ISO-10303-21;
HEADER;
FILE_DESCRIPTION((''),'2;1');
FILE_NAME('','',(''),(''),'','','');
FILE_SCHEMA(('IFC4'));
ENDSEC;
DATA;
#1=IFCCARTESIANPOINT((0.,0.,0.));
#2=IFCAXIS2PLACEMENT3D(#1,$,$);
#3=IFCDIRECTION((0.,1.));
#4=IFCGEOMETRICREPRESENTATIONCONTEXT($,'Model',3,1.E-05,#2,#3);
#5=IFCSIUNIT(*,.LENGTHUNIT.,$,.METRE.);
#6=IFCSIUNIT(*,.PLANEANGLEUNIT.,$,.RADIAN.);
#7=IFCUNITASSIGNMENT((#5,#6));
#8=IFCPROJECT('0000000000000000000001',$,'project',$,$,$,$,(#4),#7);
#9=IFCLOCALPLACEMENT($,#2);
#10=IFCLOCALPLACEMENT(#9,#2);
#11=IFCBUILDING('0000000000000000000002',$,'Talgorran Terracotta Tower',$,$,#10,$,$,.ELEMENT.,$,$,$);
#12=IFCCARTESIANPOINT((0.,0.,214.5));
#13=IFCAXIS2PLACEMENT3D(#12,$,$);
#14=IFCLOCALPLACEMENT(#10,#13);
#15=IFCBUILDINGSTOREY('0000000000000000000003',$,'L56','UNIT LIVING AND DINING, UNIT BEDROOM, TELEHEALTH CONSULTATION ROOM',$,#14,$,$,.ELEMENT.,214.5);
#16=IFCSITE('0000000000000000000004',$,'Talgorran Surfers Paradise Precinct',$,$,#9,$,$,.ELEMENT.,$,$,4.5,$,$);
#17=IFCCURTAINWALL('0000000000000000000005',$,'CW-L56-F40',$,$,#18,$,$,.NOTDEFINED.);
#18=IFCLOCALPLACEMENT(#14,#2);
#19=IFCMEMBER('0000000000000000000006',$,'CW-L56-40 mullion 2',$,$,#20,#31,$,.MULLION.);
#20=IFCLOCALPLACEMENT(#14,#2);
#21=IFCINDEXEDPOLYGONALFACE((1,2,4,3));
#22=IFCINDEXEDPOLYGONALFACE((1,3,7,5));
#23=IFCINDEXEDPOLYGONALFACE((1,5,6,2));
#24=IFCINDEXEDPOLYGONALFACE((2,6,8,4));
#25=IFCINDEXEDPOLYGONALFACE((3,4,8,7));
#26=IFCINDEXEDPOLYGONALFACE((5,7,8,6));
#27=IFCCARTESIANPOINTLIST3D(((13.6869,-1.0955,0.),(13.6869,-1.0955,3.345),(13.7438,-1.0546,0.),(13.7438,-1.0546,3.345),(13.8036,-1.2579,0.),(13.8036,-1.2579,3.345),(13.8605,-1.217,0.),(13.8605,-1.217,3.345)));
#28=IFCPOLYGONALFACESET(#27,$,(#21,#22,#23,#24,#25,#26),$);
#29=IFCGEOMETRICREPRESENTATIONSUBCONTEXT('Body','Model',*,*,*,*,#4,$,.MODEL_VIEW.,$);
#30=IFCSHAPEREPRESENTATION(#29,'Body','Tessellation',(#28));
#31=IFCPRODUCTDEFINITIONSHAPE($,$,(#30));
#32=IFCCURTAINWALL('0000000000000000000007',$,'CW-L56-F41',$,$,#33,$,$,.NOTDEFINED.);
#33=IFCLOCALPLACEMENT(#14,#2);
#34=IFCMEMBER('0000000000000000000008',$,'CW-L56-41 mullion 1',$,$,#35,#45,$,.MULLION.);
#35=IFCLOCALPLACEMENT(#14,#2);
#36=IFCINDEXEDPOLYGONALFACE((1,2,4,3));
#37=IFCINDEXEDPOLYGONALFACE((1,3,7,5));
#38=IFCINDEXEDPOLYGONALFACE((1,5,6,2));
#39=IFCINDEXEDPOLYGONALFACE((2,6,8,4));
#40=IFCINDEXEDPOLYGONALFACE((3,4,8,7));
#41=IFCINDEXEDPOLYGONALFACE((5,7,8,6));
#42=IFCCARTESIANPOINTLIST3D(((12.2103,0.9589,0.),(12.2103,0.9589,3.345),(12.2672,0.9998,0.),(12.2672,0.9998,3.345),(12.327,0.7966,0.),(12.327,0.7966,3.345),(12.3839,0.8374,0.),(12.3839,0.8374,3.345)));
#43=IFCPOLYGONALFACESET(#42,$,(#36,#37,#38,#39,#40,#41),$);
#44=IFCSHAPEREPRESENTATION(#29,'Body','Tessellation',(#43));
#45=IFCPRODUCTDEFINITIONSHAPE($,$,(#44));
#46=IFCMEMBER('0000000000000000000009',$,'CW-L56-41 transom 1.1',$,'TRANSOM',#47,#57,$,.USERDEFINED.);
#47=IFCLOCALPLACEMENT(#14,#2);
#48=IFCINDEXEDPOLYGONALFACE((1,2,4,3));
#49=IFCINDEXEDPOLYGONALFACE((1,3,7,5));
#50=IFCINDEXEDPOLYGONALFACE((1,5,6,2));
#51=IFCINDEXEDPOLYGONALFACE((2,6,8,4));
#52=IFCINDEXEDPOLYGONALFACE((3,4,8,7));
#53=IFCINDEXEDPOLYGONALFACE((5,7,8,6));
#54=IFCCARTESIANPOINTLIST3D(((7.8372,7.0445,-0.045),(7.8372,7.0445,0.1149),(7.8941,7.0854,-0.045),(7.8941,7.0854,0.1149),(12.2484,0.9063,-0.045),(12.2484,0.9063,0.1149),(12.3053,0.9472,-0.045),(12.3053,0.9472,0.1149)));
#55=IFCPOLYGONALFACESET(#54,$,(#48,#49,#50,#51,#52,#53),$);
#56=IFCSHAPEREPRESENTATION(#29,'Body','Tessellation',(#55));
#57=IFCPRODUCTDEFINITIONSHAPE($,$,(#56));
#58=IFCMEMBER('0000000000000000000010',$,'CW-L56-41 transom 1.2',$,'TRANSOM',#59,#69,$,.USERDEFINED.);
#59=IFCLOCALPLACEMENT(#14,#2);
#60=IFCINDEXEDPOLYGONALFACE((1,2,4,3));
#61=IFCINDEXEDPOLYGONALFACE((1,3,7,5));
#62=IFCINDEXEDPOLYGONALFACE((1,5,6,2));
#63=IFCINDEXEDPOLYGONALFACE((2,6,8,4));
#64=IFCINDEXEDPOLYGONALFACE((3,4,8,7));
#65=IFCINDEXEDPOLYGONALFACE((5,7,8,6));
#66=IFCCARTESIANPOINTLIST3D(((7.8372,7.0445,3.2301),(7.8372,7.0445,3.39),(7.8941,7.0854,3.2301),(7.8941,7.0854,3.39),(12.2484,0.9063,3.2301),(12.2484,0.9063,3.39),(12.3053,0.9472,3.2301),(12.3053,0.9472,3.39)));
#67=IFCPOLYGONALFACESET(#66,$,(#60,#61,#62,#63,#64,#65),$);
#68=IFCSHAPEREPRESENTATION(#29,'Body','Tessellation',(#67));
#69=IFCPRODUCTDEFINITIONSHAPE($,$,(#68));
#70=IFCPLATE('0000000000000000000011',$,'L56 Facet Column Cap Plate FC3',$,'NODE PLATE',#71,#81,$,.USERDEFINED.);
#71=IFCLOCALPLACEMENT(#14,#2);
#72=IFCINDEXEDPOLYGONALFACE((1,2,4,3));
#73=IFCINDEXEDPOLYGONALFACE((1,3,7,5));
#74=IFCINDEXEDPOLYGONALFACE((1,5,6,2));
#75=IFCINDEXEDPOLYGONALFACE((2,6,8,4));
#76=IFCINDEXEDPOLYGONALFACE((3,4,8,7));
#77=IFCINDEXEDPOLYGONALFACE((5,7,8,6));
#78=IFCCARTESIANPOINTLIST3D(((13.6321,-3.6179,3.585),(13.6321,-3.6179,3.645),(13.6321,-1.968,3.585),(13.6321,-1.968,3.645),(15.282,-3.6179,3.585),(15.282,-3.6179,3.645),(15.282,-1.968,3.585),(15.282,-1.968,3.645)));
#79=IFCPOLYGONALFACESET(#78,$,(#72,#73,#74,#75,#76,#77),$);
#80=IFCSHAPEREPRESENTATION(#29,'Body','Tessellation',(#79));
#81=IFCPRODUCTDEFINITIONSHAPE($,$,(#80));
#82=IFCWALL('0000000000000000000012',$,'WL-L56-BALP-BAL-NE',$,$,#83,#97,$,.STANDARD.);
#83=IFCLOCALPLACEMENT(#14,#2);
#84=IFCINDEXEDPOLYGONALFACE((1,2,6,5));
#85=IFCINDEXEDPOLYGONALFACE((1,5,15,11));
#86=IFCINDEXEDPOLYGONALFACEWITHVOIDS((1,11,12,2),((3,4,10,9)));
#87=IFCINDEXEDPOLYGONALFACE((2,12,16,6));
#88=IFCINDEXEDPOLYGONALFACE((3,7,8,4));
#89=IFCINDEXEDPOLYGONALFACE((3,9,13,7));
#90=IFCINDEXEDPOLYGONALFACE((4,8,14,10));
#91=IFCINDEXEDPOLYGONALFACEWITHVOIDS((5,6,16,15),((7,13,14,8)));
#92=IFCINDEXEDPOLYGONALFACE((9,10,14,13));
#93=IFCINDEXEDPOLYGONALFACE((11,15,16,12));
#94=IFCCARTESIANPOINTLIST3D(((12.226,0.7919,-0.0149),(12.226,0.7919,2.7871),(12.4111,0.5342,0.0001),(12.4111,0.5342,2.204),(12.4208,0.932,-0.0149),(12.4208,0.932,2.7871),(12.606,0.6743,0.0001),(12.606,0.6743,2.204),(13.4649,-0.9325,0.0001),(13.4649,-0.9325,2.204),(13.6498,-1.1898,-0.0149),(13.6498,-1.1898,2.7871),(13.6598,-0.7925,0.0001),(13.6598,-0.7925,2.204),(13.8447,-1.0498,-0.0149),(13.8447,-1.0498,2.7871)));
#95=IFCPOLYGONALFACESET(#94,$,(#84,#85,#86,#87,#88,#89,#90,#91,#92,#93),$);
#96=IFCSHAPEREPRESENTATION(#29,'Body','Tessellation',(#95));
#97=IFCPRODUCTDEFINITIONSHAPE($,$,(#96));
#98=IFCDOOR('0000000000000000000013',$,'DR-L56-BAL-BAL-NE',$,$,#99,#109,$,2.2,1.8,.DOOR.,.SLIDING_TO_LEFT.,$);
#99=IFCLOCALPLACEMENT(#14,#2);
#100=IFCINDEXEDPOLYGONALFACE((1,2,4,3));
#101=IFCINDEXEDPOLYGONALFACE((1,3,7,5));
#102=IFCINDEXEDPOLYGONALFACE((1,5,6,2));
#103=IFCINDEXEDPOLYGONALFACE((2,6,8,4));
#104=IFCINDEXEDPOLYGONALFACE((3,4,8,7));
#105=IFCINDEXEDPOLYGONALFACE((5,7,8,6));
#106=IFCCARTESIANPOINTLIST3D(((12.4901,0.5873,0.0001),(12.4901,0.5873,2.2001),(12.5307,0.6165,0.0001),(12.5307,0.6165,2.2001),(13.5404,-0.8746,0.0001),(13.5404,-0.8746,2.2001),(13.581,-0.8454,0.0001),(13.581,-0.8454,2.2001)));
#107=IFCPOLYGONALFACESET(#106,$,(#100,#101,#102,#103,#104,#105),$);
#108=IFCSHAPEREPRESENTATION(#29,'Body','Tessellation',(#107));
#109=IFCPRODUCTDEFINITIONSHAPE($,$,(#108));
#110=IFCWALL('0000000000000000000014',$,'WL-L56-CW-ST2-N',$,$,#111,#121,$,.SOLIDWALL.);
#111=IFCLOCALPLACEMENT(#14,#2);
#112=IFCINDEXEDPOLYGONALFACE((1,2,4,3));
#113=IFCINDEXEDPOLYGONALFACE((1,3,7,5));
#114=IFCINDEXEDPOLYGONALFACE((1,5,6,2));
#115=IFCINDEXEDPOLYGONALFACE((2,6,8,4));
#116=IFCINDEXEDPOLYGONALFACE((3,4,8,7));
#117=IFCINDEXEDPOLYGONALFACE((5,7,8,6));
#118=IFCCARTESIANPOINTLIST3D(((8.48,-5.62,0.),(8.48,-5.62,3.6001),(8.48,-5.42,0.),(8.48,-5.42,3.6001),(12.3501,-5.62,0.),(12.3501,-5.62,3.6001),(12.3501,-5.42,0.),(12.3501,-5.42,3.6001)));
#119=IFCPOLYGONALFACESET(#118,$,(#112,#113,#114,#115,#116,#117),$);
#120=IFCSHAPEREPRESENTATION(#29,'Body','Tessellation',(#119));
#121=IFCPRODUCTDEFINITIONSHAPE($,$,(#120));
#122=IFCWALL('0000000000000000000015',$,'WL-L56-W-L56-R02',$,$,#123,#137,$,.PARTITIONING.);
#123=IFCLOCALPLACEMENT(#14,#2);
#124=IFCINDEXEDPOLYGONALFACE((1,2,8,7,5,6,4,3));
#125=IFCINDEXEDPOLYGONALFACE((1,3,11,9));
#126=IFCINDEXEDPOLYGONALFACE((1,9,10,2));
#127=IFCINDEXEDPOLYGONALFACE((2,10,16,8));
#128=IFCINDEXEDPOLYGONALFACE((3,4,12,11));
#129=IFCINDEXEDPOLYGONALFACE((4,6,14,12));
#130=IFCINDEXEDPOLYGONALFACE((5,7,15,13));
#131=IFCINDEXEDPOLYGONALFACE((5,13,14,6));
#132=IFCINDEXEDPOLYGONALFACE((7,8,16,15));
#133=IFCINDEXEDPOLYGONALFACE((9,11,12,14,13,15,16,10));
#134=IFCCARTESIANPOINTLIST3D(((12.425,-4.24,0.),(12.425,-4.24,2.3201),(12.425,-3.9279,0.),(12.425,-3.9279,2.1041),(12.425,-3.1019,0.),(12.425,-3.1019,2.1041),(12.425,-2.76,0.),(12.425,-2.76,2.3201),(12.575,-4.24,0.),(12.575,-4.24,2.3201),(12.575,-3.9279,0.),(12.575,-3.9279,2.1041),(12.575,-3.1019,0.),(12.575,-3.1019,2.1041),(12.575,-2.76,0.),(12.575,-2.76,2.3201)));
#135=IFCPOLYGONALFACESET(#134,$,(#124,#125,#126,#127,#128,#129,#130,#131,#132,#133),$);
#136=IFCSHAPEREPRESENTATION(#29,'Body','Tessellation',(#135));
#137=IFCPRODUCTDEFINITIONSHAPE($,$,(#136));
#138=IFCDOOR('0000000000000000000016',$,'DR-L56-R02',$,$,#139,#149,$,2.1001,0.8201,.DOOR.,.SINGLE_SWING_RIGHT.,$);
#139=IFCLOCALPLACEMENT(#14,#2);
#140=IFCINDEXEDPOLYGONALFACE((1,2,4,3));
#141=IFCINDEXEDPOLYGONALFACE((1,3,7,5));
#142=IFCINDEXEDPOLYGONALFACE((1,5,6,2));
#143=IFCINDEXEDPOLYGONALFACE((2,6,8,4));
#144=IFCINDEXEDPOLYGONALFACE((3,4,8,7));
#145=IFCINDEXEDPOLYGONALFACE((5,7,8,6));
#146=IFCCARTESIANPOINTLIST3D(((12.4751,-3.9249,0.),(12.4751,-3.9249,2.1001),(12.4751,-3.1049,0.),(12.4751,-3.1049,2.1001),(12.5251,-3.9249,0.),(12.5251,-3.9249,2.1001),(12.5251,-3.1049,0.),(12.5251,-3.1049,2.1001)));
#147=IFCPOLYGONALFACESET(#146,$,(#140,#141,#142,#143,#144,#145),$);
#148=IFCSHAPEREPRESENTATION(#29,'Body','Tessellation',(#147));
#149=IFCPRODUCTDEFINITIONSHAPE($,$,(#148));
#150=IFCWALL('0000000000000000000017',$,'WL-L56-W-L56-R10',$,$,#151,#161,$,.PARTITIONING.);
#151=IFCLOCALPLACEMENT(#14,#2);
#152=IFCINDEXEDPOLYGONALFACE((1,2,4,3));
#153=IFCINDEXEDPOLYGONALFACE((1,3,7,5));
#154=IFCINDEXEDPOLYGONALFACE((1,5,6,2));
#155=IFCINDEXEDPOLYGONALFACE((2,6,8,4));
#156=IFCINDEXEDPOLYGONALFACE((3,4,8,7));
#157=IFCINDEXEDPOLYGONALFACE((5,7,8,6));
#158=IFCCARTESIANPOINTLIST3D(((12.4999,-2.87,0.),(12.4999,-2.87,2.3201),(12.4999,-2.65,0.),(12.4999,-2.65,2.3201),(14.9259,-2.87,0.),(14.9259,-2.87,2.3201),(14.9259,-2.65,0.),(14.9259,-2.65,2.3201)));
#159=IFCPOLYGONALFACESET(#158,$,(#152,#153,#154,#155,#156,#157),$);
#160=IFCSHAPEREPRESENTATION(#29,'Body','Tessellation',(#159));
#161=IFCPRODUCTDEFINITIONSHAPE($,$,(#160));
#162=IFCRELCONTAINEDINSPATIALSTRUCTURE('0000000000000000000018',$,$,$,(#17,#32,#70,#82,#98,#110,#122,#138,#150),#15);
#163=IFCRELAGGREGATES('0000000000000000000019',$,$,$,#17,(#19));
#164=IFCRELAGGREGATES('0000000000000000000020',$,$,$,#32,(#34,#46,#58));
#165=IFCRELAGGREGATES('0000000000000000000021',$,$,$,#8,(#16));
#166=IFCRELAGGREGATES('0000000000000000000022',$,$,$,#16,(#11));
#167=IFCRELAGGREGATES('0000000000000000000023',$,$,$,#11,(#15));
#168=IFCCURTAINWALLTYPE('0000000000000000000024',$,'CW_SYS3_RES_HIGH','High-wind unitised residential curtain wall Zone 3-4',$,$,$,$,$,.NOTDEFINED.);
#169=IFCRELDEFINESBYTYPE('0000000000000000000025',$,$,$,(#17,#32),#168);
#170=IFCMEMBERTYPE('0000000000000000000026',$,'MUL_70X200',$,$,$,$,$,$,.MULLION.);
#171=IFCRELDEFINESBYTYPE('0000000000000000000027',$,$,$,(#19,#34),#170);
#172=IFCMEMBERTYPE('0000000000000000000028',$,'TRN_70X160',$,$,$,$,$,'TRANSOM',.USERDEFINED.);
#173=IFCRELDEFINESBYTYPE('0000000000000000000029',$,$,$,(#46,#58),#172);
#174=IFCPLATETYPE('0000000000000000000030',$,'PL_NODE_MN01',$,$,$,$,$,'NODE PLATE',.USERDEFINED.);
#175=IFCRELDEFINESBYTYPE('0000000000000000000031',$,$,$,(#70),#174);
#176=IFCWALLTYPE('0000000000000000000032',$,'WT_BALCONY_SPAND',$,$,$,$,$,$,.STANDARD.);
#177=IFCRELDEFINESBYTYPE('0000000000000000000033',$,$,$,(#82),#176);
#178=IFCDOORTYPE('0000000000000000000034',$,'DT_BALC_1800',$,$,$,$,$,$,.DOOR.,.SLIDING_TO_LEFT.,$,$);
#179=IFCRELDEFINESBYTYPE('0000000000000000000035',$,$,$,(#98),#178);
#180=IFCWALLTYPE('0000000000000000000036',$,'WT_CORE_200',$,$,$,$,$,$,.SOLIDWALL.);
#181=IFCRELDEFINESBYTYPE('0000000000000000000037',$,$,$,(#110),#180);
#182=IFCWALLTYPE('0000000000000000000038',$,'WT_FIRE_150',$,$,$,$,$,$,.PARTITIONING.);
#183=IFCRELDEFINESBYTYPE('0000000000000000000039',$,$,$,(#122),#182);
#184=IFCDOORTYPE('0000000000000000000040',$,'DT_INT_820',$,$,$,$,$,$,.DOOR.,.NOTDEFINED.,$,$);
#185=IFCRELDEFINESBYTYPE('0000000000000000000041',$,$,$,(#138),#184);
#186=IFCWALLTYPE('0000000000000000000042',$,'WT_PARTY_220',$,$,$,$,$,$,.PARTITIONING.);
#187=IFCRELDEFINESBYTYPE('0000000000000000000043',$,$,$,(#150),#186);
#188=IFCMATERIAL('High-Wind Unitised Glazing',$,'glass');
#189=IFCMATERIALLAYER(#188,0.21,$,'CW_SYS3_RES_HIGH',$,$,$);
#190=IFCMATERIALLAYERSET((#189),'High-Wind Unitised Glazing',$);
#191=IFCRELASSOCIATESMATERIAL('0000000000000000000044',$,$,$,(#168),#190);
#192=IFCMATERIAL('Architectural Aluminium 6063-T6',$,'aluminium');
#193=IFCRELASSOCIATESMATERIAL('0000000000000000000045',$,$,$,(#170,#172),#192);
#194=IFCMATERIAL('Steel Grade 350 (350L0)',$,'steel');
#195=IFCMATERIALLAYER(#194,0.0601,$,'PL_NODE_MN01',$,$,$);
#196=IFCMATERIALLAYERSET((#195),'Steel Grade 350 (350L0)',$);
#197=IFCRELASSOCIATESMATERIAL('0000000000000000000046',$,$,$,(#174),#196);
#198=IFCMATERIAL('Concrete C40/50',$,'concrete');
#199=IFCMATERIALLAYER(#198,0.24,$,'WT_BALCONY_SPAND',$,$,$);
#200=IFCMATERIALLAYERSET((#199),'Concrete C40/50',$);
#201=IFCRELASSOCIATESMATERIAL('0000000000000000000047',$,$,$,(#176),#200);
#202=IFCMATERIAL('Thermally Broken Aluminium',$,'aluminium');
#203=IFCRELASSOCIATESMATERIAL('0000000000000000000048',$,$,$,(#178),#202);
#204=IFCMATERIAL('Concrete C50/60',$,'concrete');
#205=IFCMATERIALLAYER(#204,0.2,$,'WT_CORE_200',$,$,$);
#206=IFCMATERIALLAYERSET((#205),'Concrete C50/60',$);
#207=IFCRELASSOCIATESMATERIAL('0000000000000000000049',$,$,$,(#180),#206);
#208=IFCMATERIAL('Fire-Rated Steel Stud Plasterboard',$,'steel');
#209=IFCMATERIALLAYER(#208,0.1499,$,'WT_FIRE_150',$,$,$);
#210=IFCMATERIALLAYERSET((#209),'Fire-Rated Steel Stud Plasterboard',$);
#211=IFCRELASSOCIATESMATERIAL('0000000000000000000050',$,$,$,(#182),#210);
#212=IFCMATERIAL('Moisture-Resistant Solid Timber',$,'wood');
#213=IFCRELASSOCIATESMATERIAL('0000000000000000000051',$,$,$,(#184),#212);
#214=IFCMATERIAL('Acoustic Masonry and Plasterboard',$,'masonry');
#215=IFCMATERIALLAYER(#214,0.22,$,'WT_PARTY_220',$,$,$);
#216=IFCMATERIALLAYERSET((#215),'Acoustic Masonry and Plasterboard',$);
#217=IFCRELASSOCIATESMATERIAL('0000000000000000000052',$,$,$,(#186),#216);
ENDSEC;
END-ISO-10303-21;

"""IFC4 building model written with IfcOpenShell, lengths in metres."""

from ifc_helpers import new_model, si_unit, direction, frame, frame_2d, origin, origin_2d, place, context, subcontext, project, spatial, rectangle, extrude, material, layer, layer_set, material_profile, profile_set, type_object, element, fill, aggregate, save


model = new_model("IFC4")

# Units and contexts
model_context = context("Model", 3, precision=1e-05, world=origin(), true_north=direction((0.0, 1.0)))
body_context = subcontext(model_context, "Body", "Model", "MODEL_VIEW")
ifc_project = project(units=[si_unit("LENGTHUNIT", "METRE"), si_unit("PLANEANGLEUNIT", "RADIAN")], contexts=[model_context])

# Site, building, storey
site_placement = place(None, origin())
site = spatial("IfcSite", under=ifc_project, at=site_placement, Name="Talgorran Surfers Paradise Precinct", CompositionType="ELEMENT", RefElevation=4.5)
building_placement = place(site_placement, origin())
building = spatial("IfcBuilding", under=site, at=building_placement, Name="Talgorran Terracotta Tower", CompositionType="ELEMENT")
storey_placement = place(building_placement, frame((0.0, 0.0, 214.5)))
storey = spatial("IfcBuildingStorey", under=building, at=storey_placement, Name="L56", Description="UNIT LIVING AND DINING, UNIT BEDROOM, TELEHEALTH CONSULTATION ROOM", CompositionType="ELEMENT", Elevation=214.5)

# Shared definitions
ifc_material_1 = material(Name="Steel Grade 350 (350L0)", Category="steel")

# Curtain wall, member
ifc_material_2 = material(Name="High-Wind Unitised Glazing", Category="glass")
ifc_layer_1 = layer(ifc_material_2, 0.21, Name="CW_SYS3_RES_HIGH")
ifc_layer_set_1 = layer_set([ifc_layer_1], Name="High-Wind Unitised Glazing")
curtain_wall_type = type_object("IfcCurtainWallType", Name="CW_SYS3_RES_HIGH", Description="High-wind unitised residential curtain wall Zone 3-4", PredefinedType="NOTDEFINED", material=ifc_layer_set_1)
curtain_wall_1_placement = place(storey_placement, origin())
curtain_wall_1 = element("IfcCurtainWall", 1, at=curtain_wall_1_placement, inside=storey, type_object=curtain_wall_type, Name="CW-L56-F40", PredefinedType="NOTDEFINED")
ifc_material_3 = material(Name="Architectural Aluminium 6063-T6", Category="aluminium")
ifc_material_profile_1 = material_profile(ifc_material_3, rectangle(XDim=0.0701, YDim=0.2, at=origin_2d()), Name="CWM70X200")
ifc_profile_set_1 = profile_set([ifc_material_profile_1], Name="Architectural Aluminium 6063-T6")
member_type_1 = type_object("IfcMemberType", Name="MUL_70X200", PredefinedType="MULLION", material=ifc_profile_set_1)
member_1_placement = place(storey_placement, frame((13.7737, -1.1562, 0.0), z_axis=(0.0, 0.0, 1.0), x_axis=(-0.812076, -0.583552, 0.0)))
member_1 = element("IfcMember", 2, at=member_1_placement, type_object=member_type_1, Name="CW-L56-40 mullion 2", PredefinedType="MULLION", context=body_context, shape_type="SweptSolid", body=[
    extrude(rectangle(XDim=0.0701, YDim=0.2, at=origin_2d()), origin(), (0.0, 0.0, 1.0), 3.345),
])
aggregate(curtain_wall_1, [member_1])

# Curtain wall, members
curtain_wall_2_placement = place(storey_placement, origin())
curtain_wall_2 = element("IfcCurtainWall", 3, at=curtain_wall_2_placement, inside=storey, type_object=curtain_wall_type, Name="CW-L56-F41", PredefinedType="NOTDEFINED")
member_2_placement = place(storey_placement, frame((12.2971, 0.8982, 0.0), z_axis=(0.0, 0.0, 1.0), x_axis=(-0.812077, -0.58355, 0.0)))
member_2 = element("IfcMember", 4, at=member_2_placement, type_object=member_type_1, Name="CW-L56-41 mullion 1", PredefinedType="MULLION", context=body_context, shape_type="SweptSolid", body=[
    extrude(rectangle(XDim=0.0701, YDim=0.2, at=origin_2d()), origin(), (0.0, 0.0, 1.0), 3.345),
])
ifc_material_profile_2 = material_profile(ifc_material_3, rectangle(XDim=0.0701, YDim=0.1599, at=origin_2d()), Name="CWT70X160")
ifc_profile_set_2 = profile_set([ifc_material_profile_2], Name="Architectural Aluminium 6063-T6")
member_type_2 = type_object("IfcMemberType", Name="TRN_70X160", ElementType="TRANSOM", PredefinedType="USERDEFINED", material=ifc_profile_set_2)
member_3_placement = place(storey_placement, frame((12.2769, 0.9268, 0.0349), z_axis=(-0.583576, 0.812058, 0.0), x_axis=(-0.812058, -0.583576, 0.0)))
member_3 = element("IfcMember", 5, at=member_3_placement, type_object=member_type_2, Name="CW-L56-41 transom 1.1", ObjectType="TRANSOM", PredefinedType="USERDEFINED", context=body_context, shape_type="SweptSolid", body=[
    extrude(rectangle(XDim=0.0701, YDim=0.1599, at=origin_2d()), origin(), (0.0, 0.0, 1.0), 7.5588),
])
member_4_placement = place(storey_placement, frame((12.2769, 0.9268, 3.3101), z_axis=(-0.583576, 0.812058, 0.0), x_axis=(-0.812058, -0.583576, 0.0)))
member_4 = element("IfcMember", 6, at=member_4_placement, type_object=member_type_2, Name="CW-L56-41 transom 1.2", ObjectType="TRANSOM", PredefinedType="USERDEFINED", context=body_context, shape_type="SweptSolid", body=[
    extrude(rectangle(XDim=0.0701, YDim=0.1599, at=origin_2d()), origin(), (0.0, 0.0, 1.0), 7.5588),
])
aggregate(curtain_wall_2, [member_2, member_3, member_4])

# Plate
ifc_layer_2 = layer(ifc_material_1, 0.0601, Name="PL_NODE_MN01")
ifc_layer_set_2 = layer_set([ifc_layer_2], Name="Steel Grade 350 (350L0)")
plate_type = type_object("IfcPlateType", Name="PL_NODE_MN01", ElementType="NODE PLATE", PredefinedType="USERDEFINED", material=ifc_layer_set_2)
plate_placement = place(storey_placement, frame((14.457, -2.793, 3.585), z_axis=(0.0, 0.0, 1.0), x_axis=(1.0, 0.0, 0.0)))
element("IfcPlate", 7, at=plate_placement, inside=storey, type_object=plate_type, Name="L56 Facet Column Cap Plate FC3", ObjectType="NODE PLATE", PredefinedType="USERDEFINED", context=body_context, shape_type="SweptSolid", body=[
    extrude(rectangle(XDim=1.6499, YDim=1.6499, at=origin_2d()), origin(), (0.0, 0.0, 1.0), 0.0601),
])

# Wall, opening, door
ifc_material_4 = material(Name="Concrete C40/50", Category="concrete")
ifc_layer_3 = layer(ifc_material_4, 0.24, Name="WT_BALCONY_SPAND")
ifc_layer_set_3 = layer_set([ifc_layer_3], Name="Concrete C40/50")
wall_type_1 = type_object("IfcWallType", Name="WT_BALCONY_SPAND", PredefinedType="STANDARD", material=ifc_layer_set_3)
wall_1_placement = place(storey_placement, frame((13.7473, -1.1199, -0.0149), z_axis=(0.0, 0.0, 1.0), x_axis=(-0.583498, 0.812115, 0.0)))
wall_1 = element("IfcWall", 8, at=wall_1_placement, inside=storey, type_object=wall_type_1, Name="WL-L56-BALP-BAL-NE", PredefinedType="STANDARD", context=body_context, shape_type="SweptSolid", body=[
    extrude(rectangle(XDim=2.4402, YDim=0.24, at=frame_2d((1.2202, 0.0))), origin(), (0.0, 0.0, 1.0), 2.802),
])
opening_1_placement = place(wall_1_placement, frame((0.3201, 0.0, 0.0149)))
opening_1 = element("IfcOpeningElement", 9, at=opening_1_placement, cuts=wall_1, PredefinedType="OPENING", context=body_context, shape_type="SweptSolid", body=[
    extrude(rectangle(XDim=1.806, YDim=2.204, at=frame_2d((0.8999, 1.1021))), frame((0.0, 0.1299, 0.0), z_axis=(0.0, -1.0, 0.0), x_axis=(1.0, 0.0, 0.0)), (0.0, 0.0, 1.0), 0.26),
])
ifc_material_5 = material(Name="Thermally Broken Aluminium", Category="aluminium")
door_type_1 = type_object("IfcDoorType", Name="DT_BALC_1800", OperationType="SLIDING_TO_LEFT", PredefinedType="DOOR", material=ifc_material_5)
door_1_placement = place(opening_1_placement, origin())
door_1 = element("IfcDoor", 10, at=door_1_placement, inside=storey, type_object=door_type_1, Name="DR-L56-BAL-BAL-NE", OperationType="SLIDING_TO_LEFT", OverallHeight=2.2, OverallWidth=1.8, PredefinedType="DOOR", context=body_context, shape_type="SweptSolid", body=[
    extrude(rectangle(XDim=1.8, YDim=2.2, at=frame_2d((0.8999, 1.1001))), frame((0.0, 0.0249, 0.0), z_axis=(0.0, -1.0, 0.0), x_axis=(1.0, 0.0, 0.0)), (0.0, 0.0, 1.0), 0.05),
])
fill(opening_1, door_1)

# Wall
ifc_material_6 = material(Name="Concrete C50/60", Category="concrete")
ifc_layer_4 = layer(ifc_material_6, 0.2, Name="WT_CORE_200")
ifc_layer_set_4 = layer_set([ifc_layer_4], Name="Concrete C50/60")
wall_type_2 = type_object("IfcWallType", Name="WT_CORE_200", PredefinedType="SOLIDWALL", material=ifc_layer_set_4)
wall_2_placement = place(storey_placement, frame((8.48, -5.52, 0.0), z_axis=(0.0, 0.0, 1.0), x_axis=(1.0, 0.0, 0.0)))
element("IfcWall", 11, at=wall_2_placement, inside=storey, type_object=wall_type_2, Name="WL-L56-CW-ST2-N", PredefinedType="SOLIDWALL", context=body_context, shape_type="SweptSolid", body=[
    extrude(rectangle(XDim=3.8701, YDim=0.2, at=frame_2d((1.9351, 0.0))), origin(), (0.0, 0.0, 1.0), 3.6001),
])

# Wall, opening, door
ifc_material_7 = material(Name="Fire-Rated Steel Stud Plasterboard", Category="steel")
ifc_layer_5 = layer(ifc_material_7, 0.1499, Name="WT_FIRE_150")
ifc_layer_set_5 = layer_set([ifc_layer_5], Name="Fire-Rated Steel Stud Plasterboard")
wall_type_3 = type_object("IfcWallType", Name="WT_FIRE_150", PredefinedType="PARTITIONING", material=ifc_layer_set_5)
wall_3_placement = place(storey_placement, frame((12.5, -4.24, 0.0), z_axis=(0.0, 0.0, 1.0), x_axis=(0.0, 1.0, 0.0)))
wall_3 = element("IfcWall", 12, at=wall_3_placement, inside=storey, type_object=wall_type_3, Name="WL-L56-W-L56-R02", PredefinedType="PARTITIONING", context=body_context, shape_type="SweptSolid", body=[
    extrude(rectangle(XDim=1.48, YDim=0.1499, at=frame_2d((0.74, 0.0))), origin(), (0.0, 0.0, 1.0), 2.3201),
])
opening_2_placement = place(wall_3_placement, frame((0.3149, 0.0, 0.0)))
opening_2 = element("IfcOpeningElement", 13, at=opening_2_placement, cuts=wall_3, PredefinedType="OPENING", context=body_context, shape_type="SweptSolid", body=[
    extrude(rectangle(XDim=0.8261, YDim=2.1041, at=frame_2d((0.4102, 1.052))), frame((0.0, 0.085, 0.0), z_axis=(0.0, -1.0, 0.0), x_axis=(1.0, 0.0, 0.0)), (0.0, 0.0, 1.0), 0.1699),
])
ifc_material_8 = material(Name="Moisture-Resistant Solid Timber", Category="wood")
door_type_2 = type_object("IfcDoorType", Name="DT_INT_820", OperationType="NOTDEFINED", PredefinedType="DOOR", material=ifc_material_8)
door_2_placement = place(opening_2_placement, origin())
door_2 = element("IfcDoor", 14, at=door_2_placement, inside=storey, type_object=door_type_2, Name="DR-L56-R02", OperationType="SINGLE_SWING_RIGHT", OverallHeight=2.1001, OverallWidth=0.8201, PredefinedType="DOOR", context=body_context, shape_type="SweptSolid", body=[
    extrude(rectangle(XDim=0.8201, YDim=2.1001, at=frame_2d((0.4102, 1.05))), frame((0.0, 0.0249, 0.0), z_axis=(0.0, -1.0, 0.0), x_axis=(1.0, 0.0, 0.0)), (0.0, 0.0, 1.0), 0.05),
])
fill(opening_2, door_2)

# Wall
ifc_material_9 = material(Name="Acoustic Masonry and Plasterboard", Category="masonry")
ifc_layer_6 = layer(ifc_material_9, 0.22, Name="WT_PARTY_220")
ifc_layer_set_6 = layer_set([ifc_layer_6], Name="Acoustic Masonry and Plasterboard")
wall_type_4 = type_object("IfcWallType", Name="WT_PARTY_220", PredefinedType="PARTITIONING", material=ifc_layer_set_6)
wall_4_placement = place(storey_placement, frame((12.5, -2.76, 0.0), z_axis=(0.0, 0.0, 1.0), x_axis=(1.0, 0.0, 0.0)))
element("IfcWall", 15, at=wall_4_placement, inside=storey, type_object=wall_type_4, Name="WL-L56-W-L56-R10", PredefinedType="PARTITIONING", context=body_context, shape_type="SweptSolid", body=[
    extrude(rectangle(XDim=2.426, YDim=0.22, at=frame_2d((1.2129, 0.0))), origin(), (0.0, 0.0, 1.0), 2.3201),
])

save(model, "model.ifc")
